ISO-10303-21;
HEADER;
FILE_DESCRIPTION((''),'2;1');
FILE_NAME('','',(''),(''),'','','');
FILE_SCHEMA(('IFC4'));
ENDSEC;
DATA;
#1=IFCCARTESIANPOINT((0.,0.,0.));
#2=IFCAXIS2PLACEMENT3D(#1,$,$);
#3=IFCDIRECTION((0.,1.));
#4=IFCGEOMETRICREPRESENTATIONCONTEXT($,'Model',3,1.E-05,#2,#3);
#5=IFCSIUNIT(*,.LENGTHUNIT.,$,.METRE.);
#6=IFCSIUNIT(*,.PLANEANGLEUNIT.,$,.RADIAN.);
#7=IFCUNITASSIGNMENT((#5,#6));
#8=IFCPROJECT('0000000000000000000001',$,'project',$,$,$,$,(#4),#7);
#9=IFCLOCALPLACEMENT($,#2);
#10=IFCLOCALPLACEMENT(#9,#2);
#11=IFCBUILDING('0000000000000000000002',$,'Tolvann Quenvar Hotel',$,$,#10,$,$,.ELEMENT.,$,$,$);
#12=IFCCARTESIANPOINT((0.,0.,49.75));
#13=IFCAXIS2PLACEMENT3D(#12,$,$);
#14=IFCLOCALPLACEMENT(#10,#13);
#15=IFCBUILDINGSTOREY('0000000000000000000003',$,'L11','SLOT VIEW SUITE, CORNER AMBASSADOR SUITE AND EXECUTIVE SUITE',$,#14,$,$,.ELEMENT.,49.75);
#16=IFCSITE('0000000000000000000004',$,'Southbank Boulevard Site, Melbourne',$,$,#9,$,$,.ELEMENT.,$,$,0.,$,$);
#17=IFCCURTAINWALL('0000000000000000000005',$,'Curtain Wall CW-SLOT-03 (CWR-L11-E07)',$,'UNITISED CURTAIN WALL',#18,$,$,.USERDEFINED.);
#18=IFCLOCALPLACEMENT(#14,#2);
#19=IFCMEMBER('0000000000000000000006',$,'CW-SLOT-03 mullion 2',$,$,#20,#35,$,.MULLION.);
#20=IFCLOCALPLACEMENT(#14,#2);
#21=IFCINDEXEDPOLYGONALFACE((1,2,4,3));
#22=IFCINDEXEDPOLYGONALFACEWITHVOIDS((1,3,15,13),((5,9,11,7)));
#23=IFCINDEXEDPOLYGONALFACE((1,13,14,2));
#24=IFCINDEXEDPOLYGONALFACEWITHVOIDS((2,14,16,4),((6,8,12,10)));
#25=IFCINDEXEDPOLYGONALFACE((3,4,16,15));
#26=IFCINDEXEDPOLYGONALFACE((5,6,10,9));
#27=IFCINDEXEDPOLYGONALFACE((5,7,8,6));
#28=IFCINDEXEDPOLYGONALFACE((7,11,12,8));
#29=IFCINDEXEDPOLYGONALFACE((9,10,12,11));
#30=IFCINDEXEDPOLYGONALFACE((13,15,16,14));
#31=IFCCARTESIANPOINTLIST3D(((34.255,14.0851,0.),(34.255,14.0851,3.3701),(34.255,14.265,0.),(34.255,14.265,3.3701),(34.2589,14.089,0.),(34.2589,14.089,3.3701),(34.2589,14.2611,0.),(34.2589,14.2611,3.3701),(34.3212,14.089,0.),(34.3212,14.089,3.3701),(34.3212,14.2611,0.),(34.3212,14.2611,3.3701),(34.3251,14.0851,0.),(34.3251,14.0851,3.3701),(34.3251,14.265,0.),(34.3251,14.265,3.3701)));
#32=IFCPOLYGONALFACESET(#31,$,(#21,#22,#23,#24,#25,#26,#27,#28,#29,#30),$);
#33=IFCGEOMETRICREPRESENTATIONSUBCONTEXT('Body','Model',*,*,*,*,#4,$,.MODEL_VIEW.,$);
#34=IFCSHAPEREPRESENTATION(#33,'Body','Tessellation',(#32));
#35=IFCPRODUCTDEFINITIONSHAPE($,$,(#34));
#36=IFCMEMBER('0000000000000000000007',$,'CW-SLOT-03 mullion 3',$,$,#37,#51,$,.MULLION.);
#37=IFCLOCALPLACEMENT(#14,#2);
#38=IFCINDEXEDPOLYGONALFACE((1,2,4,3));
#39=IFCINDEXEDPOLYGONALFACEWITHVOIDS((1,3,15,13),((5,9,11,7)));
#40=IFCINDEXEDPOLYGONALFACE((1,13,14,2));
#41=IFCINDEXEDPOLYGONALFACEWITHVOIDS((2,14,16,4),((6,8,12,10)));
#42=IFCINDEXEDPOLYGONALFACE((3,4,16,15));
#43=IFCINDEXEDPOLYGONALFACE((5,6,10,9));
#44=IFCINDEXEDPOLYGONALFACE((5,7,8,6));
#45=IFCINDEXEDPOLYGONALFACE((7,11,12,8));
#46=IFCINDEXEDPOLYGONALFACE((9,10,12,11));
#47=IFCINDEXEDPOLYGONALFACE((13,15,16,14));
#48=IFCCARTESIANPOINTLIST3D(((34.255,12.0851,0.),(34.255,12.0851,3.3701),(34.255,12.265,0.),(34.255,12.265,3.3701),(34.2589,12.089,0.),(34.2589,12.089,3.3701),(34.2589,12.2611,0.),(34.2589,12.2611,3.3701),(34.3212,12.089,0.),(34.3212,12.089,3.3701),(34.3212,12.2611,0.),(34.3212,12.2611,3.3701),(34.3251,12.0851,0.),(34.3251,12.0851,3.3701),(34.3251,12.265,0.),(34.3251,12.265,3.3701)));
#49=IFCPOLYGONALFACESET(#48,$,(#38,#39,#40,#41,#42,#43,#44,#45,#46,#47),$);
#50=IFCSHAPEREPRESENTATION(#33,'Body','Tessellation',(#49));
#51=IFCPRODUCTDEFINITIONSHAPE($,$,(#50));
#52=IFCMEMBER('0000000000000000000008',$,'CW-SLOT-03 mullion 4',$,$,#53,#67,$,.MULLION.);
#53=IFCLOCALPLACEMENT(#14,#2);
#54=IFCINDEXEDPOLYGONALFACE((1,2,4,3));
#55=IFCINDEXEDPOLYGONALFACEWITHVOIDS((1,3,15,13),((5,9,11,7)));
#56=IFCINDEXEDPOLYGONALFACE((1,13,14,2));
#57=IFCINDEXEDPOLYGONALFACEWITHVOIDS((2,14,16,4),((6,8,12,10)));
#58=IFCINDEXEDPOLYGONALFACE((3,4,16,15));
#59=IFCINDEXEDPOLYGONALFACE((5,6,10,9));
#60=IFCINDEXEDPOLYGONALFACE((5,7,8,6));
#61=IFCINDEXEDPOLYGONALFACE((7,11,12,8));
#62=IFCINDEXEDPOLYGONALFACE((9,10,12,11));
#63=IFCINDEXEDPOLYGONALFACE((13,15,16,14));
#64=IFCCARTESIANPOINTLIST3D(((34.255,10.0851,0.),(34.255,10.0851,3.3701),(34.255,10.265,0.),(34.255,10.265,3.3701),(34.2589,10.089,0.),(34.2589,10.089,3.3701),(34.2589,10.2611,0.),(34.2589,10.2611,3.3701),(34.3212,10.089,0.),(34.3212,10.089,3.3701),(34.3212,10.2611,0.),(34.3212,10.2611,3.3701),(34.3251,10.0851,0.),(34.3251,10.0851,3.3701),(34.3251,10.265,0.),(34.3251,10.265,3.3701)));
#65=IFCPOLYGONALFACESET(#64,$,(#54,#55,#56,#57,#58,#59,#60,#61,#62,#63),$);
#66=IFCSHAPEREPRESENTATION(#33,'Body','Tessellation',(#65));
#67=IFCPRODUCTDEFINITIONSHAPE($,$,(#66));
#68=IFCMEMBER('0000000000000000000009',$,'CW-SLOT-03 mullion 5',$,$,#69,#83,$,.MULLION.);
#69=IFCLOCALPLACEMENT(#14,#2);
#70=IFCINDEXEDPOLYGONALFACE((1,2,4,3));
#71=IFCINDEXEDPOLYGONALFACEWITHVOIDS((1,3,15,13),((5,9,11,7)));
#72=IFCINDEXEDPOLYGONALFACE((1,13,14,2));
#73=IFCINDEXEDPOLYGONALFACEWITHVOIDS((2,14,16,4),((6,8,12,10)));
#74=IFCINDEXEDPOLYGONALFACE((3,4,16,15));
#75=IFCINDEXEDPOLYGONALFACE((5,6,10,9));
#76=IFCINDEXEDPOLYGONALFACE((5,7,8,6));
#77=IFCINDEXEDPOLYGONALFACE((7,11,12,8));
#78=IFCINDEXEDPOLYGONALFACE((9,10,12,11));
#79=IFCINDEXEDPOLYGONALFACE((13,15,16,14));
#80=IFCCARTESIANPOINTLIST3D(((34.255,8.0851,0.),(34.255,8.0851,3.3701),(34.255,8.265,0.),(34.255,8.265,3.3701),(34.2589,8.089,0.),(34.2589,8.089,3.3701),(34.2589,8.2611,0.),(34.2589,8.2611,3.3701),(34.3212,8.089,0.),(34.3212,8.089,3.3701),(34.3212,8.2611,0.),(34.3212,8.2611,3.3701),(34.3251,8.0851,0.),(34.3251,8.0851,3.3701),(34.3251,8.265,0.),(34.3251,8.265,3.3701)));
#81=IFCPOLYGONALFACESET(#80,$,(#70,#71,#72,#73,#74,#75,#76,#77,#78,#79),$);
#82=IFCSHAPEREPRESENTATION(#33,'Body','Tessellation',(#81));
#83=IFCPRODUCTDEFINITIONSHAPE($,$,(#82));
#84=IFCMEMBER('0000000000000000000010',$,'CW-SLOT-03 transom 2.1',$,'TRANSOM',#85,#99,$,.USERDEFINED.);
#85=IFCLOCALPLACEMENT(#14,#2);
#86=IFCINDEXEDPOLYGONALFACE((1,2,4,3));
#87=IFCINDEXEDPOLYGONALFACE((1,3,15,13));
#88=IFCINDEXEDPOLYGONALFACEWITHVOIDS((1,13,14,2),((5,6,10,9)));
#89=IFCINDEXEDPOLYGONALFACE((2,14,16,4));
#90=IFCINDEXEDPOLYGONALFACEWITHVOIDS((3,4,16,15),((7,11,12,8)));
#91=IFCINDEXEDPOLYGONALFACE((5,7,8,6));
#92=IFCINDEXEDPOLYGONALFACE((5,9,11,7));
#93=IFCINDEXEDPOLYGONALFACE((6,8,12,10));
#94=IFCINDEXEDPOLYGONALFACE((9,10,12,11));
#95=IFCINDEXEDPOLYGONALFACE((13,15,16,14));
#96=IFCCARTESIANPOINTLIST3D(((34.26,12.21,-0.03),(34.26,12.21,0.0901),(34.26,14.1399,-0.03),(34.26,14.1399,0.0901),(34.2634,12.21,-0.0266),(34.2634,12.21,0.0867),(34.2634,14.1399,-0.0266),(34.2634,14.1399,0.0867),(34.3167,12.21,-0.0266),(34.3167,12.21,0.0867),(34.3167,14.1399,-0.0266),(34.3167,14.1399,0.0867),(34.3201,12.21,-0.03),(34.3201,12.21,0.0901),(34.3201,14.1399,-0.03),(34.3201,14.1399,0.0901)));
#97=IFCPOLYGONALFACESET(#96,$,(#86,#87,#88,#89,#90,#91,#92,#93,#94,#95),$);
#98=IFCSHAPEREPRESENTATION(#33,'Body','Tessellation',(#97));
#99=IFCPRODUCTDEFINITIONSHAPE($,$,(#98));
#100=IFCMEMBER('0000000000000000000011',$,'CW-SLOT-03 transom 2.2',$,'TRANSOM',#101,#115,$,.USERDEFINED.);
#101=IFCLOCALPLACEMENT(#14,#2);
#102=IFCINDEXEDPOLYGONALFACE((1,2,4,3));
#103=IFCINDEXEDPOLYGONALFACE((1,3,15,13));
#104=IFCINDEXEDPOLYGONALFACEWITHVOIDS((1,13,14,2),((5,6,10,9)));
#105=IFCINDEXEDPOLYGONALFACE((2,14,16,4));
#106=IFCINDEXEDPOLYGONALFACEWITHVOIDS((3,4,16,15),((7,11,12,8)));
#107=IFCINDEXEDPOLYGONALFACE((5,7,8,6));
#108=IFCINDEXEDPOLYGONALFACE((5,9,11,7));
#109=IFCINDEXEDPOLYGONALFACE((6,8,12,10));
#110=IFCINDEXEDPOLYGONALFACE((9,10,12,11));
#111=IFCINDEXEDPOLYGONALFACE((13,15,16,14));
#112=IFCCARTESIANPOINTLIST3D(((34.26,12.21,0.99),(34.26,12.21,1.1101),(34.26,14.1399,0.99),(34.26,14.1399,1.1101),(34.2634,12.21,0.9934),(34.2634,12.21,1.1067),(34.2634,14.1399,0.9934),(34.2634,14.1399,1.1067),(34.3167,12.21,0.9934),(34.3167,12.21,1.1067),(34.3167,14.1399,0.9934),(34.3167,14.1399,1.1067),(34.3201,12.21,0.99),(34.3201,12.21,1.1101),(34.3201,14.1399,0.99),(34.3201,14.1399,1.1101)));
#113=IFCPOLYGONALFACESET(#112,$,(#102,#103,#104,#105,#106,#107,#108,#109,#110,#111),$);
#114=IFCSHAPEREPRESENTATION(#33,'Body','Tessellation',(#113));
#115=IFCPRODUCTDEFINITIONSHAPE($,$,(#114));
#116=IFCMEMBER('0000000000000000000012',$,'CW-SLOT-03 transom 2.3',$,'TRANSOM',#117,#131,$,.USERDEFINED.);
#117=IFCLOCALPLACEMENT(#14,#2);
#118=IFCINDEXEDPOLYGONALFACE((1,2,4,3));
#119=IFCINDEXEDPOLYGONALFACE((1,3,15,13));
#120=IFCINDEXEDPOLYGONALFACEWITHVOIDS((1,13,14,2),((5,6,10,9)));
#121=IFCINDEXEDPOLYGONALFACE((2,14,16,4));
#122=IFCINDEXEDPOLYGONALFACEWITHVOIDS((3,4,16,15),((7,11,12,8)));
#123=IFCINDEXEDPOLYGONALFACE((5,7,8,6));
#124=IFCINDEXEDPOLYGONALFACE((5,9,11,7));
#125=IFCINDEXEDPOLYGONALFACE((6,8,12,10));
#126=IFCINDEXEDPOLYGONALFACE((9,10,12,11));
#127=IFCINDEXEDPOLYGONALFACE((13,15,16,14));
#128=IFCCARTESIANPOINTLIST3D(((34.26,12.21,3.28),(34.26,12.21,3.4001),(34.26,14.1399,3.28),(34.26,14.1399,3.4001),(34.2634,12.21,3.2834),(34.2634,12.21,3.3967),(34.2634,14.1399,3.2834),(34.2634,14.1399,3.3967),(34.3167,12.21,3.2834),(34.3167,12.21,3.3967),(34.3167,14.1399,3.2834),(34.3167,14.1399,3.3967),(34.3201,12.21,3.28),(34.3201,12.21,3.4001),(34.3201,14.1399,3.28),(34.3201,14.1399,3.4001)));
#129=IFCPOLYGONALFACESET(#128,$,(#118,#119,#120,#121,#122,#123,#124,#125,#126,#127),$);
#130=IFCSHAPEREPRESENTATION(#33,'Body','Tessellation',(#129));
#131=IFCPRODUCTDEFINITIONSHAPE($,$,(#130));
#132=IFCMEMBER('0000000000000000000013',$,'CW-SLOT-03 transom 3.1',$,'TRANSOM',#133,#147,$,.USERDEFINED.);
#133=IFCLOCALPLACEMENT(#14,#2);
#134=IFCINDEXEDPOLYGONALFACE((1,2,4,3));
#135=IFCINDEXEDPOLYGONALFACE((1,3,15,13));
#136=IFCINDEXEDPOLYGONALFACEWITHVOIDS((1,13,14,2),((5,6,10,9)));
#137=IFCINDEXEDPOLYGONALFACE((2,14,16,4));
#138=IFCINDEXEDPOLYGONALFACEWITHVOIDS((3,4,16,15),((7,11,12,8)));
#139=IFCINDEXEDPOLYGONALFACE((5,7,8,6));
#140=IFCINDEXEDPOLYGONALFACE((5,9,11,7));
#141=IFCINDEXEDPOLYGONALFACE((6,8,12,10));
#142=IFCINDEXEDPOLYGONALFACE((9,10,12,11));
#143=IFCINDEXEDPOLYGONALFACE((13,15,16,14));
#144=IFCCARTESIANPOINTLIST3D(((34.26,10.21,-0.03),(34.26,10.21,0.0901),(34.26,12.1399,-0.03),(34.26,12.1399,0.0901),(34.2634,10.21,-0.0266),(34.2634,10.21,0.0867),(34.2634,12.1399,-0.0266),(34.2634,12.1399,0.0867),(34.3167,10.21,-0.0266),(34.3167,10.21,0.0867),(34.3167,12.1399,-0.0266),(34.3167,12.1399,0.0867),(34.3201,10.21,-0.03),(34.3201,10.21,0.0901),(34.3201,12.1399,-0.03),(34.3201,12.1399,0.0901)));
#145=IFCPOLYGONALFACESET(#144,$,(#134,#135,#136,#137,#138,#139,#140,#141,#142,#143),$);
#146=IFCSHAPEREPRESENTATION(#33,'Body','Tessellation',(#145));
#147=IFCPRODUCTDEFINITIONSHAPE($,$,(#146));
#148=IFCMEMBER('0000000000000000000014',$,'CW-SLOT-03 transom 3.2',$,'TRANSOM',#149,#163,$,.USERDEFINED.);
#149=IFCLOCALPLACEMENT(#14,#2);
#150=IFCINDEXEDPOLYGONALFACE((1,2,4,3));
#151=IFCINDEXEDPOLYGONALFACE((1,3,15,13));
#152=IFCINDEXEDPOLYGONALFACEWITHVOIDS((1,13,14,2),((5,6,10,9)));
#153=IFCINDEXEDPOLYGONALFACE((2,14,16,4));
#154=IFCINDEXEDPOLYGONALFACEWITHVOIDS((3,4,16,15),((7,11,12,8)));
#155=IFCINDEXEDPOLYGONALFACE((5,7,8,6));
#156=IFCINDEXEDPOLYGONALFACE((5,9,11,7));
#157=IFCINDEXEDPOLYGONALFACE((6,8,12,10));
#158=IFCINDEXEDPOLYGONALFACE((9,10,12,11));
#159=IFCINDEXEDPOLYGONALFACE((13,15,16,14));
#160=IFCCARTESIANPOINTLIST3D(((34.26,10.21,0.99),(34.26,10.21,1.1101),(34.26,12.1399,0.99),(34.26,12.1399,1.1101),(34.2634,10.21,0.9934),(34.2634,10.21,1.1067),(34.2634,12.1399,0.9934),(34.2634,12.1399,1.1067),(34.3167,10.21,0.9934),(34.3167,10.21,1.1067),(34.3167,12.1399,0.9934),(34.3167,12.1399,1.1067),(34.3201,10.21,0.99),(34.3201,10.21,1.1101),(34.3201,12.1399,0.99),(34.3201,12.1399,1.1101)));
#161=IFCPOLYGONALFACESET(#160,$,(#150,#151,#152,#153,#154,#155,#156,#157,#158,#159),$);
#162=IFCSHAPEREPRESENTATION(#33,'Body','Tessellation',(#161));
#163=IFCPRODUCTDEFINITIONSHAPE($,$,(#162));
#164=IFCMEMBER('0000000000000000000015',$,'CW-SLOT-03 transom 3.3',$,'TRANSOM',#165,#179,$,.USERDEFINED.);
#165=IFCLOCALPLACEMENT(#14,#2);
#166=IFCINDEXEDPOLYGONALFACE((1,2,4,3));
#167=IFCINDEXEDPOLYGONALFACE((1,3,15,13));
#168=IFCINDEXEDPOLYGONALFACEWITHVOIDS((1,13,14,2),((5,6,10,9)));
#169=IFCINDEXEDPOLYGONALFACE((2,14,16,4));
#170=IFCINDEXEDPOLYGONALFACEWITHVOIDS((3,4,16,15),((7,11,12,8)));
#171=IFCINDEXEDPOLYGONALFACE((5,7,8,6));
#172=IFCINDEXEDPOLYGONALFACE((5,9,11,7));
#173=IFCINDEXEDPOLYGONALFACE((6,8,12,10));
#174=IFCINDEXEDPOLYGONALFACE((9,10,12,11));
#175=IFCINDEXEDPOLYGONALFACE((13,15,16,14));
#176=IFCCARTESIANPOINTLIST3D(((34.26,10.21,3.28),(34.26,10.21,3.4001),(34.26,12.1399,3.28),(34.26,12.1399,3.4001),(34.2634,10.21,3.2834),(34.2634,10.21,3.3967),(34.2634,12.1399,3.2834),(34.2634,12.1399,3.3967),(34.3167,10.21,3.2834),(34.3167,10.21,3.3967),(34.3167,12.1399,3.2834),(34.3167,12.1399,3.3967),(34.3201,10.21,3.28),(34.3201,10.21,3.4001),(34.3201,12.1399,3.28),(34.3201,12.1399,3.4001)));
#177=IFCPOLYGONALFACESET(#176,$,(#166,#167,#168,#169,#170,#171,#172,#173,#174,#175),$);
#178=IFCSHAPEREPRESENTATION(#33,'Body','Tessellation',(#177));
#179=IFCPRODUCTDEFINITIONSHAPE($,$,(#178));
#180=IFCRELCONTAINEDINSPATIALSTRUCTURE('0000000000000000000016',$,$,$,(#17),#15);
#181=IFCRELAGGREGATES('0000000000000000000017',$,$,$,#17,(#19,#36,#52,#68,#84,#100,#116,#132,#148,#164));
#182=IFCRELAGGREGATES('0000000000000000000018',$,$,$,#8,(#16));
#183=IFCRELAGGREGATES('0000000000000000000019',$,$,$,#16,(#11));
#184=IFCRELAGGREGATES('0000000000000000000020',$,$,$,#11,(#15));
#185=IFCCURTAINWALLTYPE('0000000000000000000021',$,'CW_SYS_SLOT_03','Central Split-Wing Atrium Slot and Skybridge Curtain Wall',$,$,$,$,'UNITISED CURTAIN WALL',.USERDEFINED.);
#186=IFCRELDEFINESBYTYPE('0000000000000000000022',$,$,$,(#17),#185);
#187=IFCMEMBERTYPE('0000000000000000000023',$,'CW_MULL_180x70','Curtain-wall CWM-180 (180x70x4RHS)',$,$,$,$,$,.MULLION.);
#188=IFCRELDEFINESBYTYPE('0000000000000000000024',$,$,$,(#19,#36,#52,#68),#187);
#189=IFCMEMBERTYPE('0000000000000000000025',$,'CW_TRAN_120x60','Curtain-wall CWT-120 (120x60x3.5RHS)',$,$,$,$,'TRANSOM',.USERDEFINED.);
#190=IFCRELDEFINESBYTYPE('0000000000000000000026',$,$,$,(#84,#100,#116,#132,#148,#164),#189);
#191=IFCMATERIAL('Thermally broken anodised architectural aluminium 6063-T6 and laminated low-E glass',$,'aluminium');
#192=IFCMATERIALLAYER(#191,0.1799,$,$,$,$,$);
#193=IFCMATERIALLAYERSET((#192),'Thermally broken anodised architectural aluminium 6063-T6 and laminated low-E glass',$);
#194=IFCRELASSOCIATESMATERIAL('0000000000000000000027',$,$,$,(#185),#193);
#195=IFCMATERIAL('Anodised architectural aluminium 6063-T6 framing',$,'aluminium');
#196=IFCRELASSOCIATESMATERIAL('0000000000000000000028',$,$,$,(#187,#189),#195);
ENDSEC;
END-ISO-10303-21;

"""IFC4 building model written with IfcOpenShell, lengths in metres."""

from ifc_helpers import new_model, si_unit, direction, frame, origin, origin_2d, place, context, subcontext, project, spatial, hollow_rectangle, extrude, source, transform, mapped, material, layer, layer_set, material_profile, profile_set, type_object, type_shapes, element, aggregate, save


model = new_model("IFC4")

# Units and contexts
model_context = context("Model", 3, precision=1e-05, world=origin(), true_north=direction((0.0, 1.0)))
body_context = subcontext(model_context, "Body", "Model", "MODEL_VIEW")
ifc_project = project(units=[si_unit("LENGTHUNIT", "METRE"), si_unit("PLANEANGLEUNIT", "RADIAN")], contexts=[model_context])

# Site, building, storey
site_placement = place(None, origin())
site = spatial("IfcSite", under=ifc_project, at=site_placement, Name="Southbank Boulevard Site, Melbourne", CompositionType="ELEMENT", RefElevation=0.0)
building_placement = place(site_placement, origin())
building = spatial("IfcBuilding", under=site, at=building_placement, Name="Tolvann Quenvar Hotel", CompositionType="ELEMENT")
storey_placement = place(building_placement, frame((0.0, 0.0, 49.75)))
storey = spatial("IfcBuildingStorey", under=building, at=storey_placement, Name="L11", Description="SLOT VIEW SUITE, CORNER AMBASSADOR SUITE AND EXECUTIVE SUITE", CompositionType="ELEMENT", Elevation=49.75)

# Curtain wall, members
ifc_material_1 = material(Name="Thermally broken anodised architectural aluminium 6063-T6 and laminated low-E glass", Category="aluminium")
ifc_layer_1 = layer(ifc_material_1, 0.1799)
ifc_layer_set_1 = layer_set([ifc_layer_1], Name="Thermally broken anodised architectural aluminium 6063-T6 and laminated low-E glass")
curtain_wall_type = type_object("IfcCurtainWallType", Name="CW_SYS_SLOT_03", Description="Central Split-Wing Atrium Slot and Skybridge Curtain Wall", ElementType="UNITISED CURTAIN WALL", PredefinedType="USERDEFINED", material=ifc_layer_set_1)
curtain_wall_placement = place(storey_placement, origin())
curtain_wall = element("IfcCurtainWall", 1, at=curtain_wall_placement, inside=storey, type_object=curtain_wall_type, Name="Curtain Wall CW-SLOT-03 (CWR-L11-E07)", ObjectType="UNITISED CURTAIN WALL", PredefinedType="USERDEFINED")
ifc_material_2 = material(Name="Anodised architectural aluminium 6063-T6 framing", Category="aluminium")
ifc_material_profile_1 = material_profile(ifc_material_2, hollow_rectangle(XDim=0.0701, YDim=0.1799, WallThickness=0.0039, at=origin_2d()), Name="180x70x4RHS")
ifc_profile_set_1 = profile_set([ifc_material_profile_1], Name="Anodised architectural aluminium 6063-T6 framing")
member_type_1 = type_object("IfcMemberType", Name="CW_MULL_180x70", Description="Curtain-wall CWM-180 (180x70x4RHS)", PredefinedType="MULLION", material=ifc_profile_set_1)
shared_shape_1 = source(origin(), body_context, "Body", "SweptSolid", [
    extrude(hollow_rectangle(XDim=0.0701, YDim=0.1799, WallThickness=0.0039, at=origin_2d()), origin(), (0.0, 0.0, 1.0), 3.3701),
])
type_shapes(member_type_1, [shared_shape_1])
member_1_placement = place(storey_placement, frame((34.29, 14.175, 0.0), z_axis=(0.0, 0.0, 1.0), x_axis=(1.0, 0.0, 0.0)))
member_1 = element("IfcMember", 2, at=member_1_placement, type_object=member_type_1, Name="CW-SLOT-03 mullion 2", PredefinedType="MULLION", context=body_context, shape_type="MappedRepresentation", body=[
    mapped(shared_shape_1, transform((0.0, 0.0, 0.0), x_axis=(1.0, 0.0, 0.0), y_axis=(0.0, 1.0, 0.0), z_axis=(0.0, 0.0, 1.0), scale=1.0)),
])
member_2_placement = place(storey_placement, frame((34.29, 12.175, 0.0), z_axis=(0.0, 0.0, 1.0), x_axis=(1.0, 0.0, 0.0)))
member_2 = element("IfcMember", 3, at=member_2_placement, type_object=member_type_1, Name="CW-SLOT-03 mullion 3", PredefinedType="MULLION", context=body_context, shape_type="MappedRepresentation", body=[
    mapped(shared_shape_1, transform((0.0, 0.0, 0.0), x_axis=(1.0, 0.0, 0.0), y_axis=(0.0, 1.0, 0.0), z_axis=(0.0, 0.0, 1.0), scale=1.0)),
])
member_3_placement = place(storey_placement, frame((34.29, 10.175, 0.0), z_axis=(0.0, 0.0, 1.0), x_axis=(1.0, 0.0, 0.0)))
member_3 = element("IfcMember", 4, at=member_3_placement, type_object=member_type_1, Name="CW-SLOT-03 mullion 4", PredefinedType="MULLION", context=body_context, shape_type="MappedRepresentation", body=[
    mapped(shared_shape_1, transform((0.0, 0.0, 0.0), x_axis=(1.0, 0.0, 0.0), y_axis=(0.0, 1.0, 0.0), z_axis=(0.0, 0.0, 1.0), scale=1.0)),
])
member_4_placement = place(storey_placement, frame((34.29, 8.175, 0.0), z_axis=(0.0, 0.0, 1.0), x_axis=(1.0, 0.0, 0.0)))
member_4 = element("IfcMember", 5, at=member_4_placement, type_object=member_type_1, Name="CW-SLOT-03 mullion 5", PredefinedType="MULLION", context=body_context, shape_type="MappedRepresentation", body=[
    mapped(shared_shape_1, transform((0.0, 0.0, 0.0), x_axis=(1.0, 0.0, 0.0), y_axis=(0.0, 1.0, 0.0), z_axis=(0.0, 0.0, 1.0), scale=1.0)),
])
ifc_material_profile_2 = material_profile(ifc_material_2, hollow_rectangle(XDim=0.0601, YDim=0.1201, WallThickness=0.0034, at=origin_2d()), Name="120x60x3.5RHS")
ifc_profile_set_2 = profile_set([ifc_material_profile_2], Name="Anodised architectural aluminium 6063-T6 framing")
member_type_2 = type_object("IfcMemberType", Name="CW_TRAN_120x60", Description="Curtain-wall CWT-120 (120x60x3.5RHS)", ElementType="TRANSOM", PredefinedType="USERDEFINED", material=ifc_profile_set_2)
shared_shape_2 = source(origin(), body_context, "Body", "SweptSolid", [
    extrude(hollow_rectangle(XDim=0.0601, YDim=0.1201, WallThickness=0.0034, at=origin_2d()), origin(), (0.0, 0.0, 1.0), 1.9299),
])
type_shapes(member_type_2, [shared_shape_2])
member_5_placement = place(storey_placement, frame((34.29, 14.1399, 0.03), z_axis=(0.0, -1.0, 0.0), x_axis=(1.0, 0.0, 0.0)))
member_5 = element("IfcMember", 6, at=member_5_placement, type_object=member_type_2, Name="CW-SLOT-03 transom 2.1", ObjectType="TRANSOM", PredefinedType="USERDEFINED", context=body_context, shape_type="MappedRepresentation", body=[
    mapped(shared_shape_2, transform((0.0, 0.0, 0.0), x_axis=(1.0, 0.0, 0.0), y_axis=(0.0, 1.0, 0.0), z_axis=(0.0, 0.0, 1.0), scale=1.0)),
])
member_6_placement = place(storey_placement, frame((34.29, 14.1399, 1.05), z_axis=(0.0, -1.0, 0.0), x_axis=(1.0, 0.0, 0.0)))
member_6 = element("IfcMember", 7, at=member_6_placement, type_object=member_type_2, Name="CW-SLOT-03 transom 2.2", ObjectType="TRANSOM", PredefinedType="USERDEFINED", context=body_context, shape_type="MappedRepresentation", body=[
    mapped(shared_shape_2, transform((0.0, 0.0, 0.0), x_axis=(1.0, 0.0, 0.0), y_axis=(0.0, 1.0, 0.0), z_axis=(0.0, 0.0, 1.0), scale=1.0)),
])
member_7_placement = place(storey_placement, frame((34.29, 14.1399, 3.3401), z_axis=(0.0, -1.0, 0.0), x_axis=(1.0, 0.0, 0.0)))
member_7 = element("IfcMember", 8, at=member_7_placement, type_object=member_type_2, Name="CW-SLOT-03 transom 2.3", ObjectType="TRANSOM", PredefinedType="USERDEFINED", context=body_context, shape_type="MappedRepresentation", body=[
    mapped(shared_shape_2, transform((0.0, 0.0, 0.0), x_axis=(1.0, 0.0, 0.0), y_axis=(0.0, 1.0, 0.0), z_axis=(0.0, 0.0, 1.0), scale=1.0)),
])
member_8_placement = place(storey_placement, frame((34.29, 12.1399, 0.03), z_axis=(0.0, -1.0, 0.0), x_axis=(1.0, 0.0, 0.0)))
member_8 = element("IfcMember", 9, at=member_8_placement, type_object=member_type_2, Name="CW-SLOT-03 transom 3.1", ObjectType="TRANSOM", PredefinedType="USERDEFINED", context=body_context, shape_type="MappedRepresentation", body=[
    mapped(shared_shape_2, transform((0.0, 0.0, 0.0), x_axis=(1.0, 0.0, 0.0), y_axis=(0.0, 1.0, 0.0), z_axis=(0.0, 0.0, 1.0), scale=1.0)),
])
member_9_placement = place(storey_placement, frame((34.29, 12.1399, 1.05), z_axis=(0.0, -1.0, 0.0), x_axis=(1.0, 0.0, 0.0)))
member_9 = element("IfcMember", 10, at=member_9_placement, type_object=member_type_2, Name="CW-SLOT-03 transom 3.2", ObjectType="TRANSOM", PredefinedType="USERDEFINED", context=body_context, shape_type="MappedRepresentation", body=[
    mapped(shared_shape_2, transform((0.0, 0.0, 0.0), x_axis=(1.0, 0.0, 0.0), y_axis=(0.0, 1.0, 0.0), z_axis=(0.0, 0.0, 1.0), scale=1.0)),
])
member_10_placement = place(storey_placement, frame((34.29, 12.1399, 3.3401), z_axis=(0.0, -1.0, 0.0), x_axis=(1.0, 0.0, 0.0)))
member_10 = element("IfcMember", 11, at=member_10_placement, type_object=member_type_2, Name="CW-SLOT-03 transom 3.3", ObjectType="TRANSOM", PredefinedType="USERDEFINED", context=body_context, shape_type="MappedRepresentation", body=[
    mapped(shared_shape_2, transform((0.0, 0.0, 0.0), x_axis=(1.0, 0.0, 0.0), y_axis=(0.0, 1.0, 0.0), z_axis=(0.0, 0.0, 1.0), scale=1.0)),
])
aggregate(curtain_wall, [member_1, member_2, member_3, member_4, member_5, member_6, member_7, member_8, member_9, member_10])

save(model, "model.ifc")
